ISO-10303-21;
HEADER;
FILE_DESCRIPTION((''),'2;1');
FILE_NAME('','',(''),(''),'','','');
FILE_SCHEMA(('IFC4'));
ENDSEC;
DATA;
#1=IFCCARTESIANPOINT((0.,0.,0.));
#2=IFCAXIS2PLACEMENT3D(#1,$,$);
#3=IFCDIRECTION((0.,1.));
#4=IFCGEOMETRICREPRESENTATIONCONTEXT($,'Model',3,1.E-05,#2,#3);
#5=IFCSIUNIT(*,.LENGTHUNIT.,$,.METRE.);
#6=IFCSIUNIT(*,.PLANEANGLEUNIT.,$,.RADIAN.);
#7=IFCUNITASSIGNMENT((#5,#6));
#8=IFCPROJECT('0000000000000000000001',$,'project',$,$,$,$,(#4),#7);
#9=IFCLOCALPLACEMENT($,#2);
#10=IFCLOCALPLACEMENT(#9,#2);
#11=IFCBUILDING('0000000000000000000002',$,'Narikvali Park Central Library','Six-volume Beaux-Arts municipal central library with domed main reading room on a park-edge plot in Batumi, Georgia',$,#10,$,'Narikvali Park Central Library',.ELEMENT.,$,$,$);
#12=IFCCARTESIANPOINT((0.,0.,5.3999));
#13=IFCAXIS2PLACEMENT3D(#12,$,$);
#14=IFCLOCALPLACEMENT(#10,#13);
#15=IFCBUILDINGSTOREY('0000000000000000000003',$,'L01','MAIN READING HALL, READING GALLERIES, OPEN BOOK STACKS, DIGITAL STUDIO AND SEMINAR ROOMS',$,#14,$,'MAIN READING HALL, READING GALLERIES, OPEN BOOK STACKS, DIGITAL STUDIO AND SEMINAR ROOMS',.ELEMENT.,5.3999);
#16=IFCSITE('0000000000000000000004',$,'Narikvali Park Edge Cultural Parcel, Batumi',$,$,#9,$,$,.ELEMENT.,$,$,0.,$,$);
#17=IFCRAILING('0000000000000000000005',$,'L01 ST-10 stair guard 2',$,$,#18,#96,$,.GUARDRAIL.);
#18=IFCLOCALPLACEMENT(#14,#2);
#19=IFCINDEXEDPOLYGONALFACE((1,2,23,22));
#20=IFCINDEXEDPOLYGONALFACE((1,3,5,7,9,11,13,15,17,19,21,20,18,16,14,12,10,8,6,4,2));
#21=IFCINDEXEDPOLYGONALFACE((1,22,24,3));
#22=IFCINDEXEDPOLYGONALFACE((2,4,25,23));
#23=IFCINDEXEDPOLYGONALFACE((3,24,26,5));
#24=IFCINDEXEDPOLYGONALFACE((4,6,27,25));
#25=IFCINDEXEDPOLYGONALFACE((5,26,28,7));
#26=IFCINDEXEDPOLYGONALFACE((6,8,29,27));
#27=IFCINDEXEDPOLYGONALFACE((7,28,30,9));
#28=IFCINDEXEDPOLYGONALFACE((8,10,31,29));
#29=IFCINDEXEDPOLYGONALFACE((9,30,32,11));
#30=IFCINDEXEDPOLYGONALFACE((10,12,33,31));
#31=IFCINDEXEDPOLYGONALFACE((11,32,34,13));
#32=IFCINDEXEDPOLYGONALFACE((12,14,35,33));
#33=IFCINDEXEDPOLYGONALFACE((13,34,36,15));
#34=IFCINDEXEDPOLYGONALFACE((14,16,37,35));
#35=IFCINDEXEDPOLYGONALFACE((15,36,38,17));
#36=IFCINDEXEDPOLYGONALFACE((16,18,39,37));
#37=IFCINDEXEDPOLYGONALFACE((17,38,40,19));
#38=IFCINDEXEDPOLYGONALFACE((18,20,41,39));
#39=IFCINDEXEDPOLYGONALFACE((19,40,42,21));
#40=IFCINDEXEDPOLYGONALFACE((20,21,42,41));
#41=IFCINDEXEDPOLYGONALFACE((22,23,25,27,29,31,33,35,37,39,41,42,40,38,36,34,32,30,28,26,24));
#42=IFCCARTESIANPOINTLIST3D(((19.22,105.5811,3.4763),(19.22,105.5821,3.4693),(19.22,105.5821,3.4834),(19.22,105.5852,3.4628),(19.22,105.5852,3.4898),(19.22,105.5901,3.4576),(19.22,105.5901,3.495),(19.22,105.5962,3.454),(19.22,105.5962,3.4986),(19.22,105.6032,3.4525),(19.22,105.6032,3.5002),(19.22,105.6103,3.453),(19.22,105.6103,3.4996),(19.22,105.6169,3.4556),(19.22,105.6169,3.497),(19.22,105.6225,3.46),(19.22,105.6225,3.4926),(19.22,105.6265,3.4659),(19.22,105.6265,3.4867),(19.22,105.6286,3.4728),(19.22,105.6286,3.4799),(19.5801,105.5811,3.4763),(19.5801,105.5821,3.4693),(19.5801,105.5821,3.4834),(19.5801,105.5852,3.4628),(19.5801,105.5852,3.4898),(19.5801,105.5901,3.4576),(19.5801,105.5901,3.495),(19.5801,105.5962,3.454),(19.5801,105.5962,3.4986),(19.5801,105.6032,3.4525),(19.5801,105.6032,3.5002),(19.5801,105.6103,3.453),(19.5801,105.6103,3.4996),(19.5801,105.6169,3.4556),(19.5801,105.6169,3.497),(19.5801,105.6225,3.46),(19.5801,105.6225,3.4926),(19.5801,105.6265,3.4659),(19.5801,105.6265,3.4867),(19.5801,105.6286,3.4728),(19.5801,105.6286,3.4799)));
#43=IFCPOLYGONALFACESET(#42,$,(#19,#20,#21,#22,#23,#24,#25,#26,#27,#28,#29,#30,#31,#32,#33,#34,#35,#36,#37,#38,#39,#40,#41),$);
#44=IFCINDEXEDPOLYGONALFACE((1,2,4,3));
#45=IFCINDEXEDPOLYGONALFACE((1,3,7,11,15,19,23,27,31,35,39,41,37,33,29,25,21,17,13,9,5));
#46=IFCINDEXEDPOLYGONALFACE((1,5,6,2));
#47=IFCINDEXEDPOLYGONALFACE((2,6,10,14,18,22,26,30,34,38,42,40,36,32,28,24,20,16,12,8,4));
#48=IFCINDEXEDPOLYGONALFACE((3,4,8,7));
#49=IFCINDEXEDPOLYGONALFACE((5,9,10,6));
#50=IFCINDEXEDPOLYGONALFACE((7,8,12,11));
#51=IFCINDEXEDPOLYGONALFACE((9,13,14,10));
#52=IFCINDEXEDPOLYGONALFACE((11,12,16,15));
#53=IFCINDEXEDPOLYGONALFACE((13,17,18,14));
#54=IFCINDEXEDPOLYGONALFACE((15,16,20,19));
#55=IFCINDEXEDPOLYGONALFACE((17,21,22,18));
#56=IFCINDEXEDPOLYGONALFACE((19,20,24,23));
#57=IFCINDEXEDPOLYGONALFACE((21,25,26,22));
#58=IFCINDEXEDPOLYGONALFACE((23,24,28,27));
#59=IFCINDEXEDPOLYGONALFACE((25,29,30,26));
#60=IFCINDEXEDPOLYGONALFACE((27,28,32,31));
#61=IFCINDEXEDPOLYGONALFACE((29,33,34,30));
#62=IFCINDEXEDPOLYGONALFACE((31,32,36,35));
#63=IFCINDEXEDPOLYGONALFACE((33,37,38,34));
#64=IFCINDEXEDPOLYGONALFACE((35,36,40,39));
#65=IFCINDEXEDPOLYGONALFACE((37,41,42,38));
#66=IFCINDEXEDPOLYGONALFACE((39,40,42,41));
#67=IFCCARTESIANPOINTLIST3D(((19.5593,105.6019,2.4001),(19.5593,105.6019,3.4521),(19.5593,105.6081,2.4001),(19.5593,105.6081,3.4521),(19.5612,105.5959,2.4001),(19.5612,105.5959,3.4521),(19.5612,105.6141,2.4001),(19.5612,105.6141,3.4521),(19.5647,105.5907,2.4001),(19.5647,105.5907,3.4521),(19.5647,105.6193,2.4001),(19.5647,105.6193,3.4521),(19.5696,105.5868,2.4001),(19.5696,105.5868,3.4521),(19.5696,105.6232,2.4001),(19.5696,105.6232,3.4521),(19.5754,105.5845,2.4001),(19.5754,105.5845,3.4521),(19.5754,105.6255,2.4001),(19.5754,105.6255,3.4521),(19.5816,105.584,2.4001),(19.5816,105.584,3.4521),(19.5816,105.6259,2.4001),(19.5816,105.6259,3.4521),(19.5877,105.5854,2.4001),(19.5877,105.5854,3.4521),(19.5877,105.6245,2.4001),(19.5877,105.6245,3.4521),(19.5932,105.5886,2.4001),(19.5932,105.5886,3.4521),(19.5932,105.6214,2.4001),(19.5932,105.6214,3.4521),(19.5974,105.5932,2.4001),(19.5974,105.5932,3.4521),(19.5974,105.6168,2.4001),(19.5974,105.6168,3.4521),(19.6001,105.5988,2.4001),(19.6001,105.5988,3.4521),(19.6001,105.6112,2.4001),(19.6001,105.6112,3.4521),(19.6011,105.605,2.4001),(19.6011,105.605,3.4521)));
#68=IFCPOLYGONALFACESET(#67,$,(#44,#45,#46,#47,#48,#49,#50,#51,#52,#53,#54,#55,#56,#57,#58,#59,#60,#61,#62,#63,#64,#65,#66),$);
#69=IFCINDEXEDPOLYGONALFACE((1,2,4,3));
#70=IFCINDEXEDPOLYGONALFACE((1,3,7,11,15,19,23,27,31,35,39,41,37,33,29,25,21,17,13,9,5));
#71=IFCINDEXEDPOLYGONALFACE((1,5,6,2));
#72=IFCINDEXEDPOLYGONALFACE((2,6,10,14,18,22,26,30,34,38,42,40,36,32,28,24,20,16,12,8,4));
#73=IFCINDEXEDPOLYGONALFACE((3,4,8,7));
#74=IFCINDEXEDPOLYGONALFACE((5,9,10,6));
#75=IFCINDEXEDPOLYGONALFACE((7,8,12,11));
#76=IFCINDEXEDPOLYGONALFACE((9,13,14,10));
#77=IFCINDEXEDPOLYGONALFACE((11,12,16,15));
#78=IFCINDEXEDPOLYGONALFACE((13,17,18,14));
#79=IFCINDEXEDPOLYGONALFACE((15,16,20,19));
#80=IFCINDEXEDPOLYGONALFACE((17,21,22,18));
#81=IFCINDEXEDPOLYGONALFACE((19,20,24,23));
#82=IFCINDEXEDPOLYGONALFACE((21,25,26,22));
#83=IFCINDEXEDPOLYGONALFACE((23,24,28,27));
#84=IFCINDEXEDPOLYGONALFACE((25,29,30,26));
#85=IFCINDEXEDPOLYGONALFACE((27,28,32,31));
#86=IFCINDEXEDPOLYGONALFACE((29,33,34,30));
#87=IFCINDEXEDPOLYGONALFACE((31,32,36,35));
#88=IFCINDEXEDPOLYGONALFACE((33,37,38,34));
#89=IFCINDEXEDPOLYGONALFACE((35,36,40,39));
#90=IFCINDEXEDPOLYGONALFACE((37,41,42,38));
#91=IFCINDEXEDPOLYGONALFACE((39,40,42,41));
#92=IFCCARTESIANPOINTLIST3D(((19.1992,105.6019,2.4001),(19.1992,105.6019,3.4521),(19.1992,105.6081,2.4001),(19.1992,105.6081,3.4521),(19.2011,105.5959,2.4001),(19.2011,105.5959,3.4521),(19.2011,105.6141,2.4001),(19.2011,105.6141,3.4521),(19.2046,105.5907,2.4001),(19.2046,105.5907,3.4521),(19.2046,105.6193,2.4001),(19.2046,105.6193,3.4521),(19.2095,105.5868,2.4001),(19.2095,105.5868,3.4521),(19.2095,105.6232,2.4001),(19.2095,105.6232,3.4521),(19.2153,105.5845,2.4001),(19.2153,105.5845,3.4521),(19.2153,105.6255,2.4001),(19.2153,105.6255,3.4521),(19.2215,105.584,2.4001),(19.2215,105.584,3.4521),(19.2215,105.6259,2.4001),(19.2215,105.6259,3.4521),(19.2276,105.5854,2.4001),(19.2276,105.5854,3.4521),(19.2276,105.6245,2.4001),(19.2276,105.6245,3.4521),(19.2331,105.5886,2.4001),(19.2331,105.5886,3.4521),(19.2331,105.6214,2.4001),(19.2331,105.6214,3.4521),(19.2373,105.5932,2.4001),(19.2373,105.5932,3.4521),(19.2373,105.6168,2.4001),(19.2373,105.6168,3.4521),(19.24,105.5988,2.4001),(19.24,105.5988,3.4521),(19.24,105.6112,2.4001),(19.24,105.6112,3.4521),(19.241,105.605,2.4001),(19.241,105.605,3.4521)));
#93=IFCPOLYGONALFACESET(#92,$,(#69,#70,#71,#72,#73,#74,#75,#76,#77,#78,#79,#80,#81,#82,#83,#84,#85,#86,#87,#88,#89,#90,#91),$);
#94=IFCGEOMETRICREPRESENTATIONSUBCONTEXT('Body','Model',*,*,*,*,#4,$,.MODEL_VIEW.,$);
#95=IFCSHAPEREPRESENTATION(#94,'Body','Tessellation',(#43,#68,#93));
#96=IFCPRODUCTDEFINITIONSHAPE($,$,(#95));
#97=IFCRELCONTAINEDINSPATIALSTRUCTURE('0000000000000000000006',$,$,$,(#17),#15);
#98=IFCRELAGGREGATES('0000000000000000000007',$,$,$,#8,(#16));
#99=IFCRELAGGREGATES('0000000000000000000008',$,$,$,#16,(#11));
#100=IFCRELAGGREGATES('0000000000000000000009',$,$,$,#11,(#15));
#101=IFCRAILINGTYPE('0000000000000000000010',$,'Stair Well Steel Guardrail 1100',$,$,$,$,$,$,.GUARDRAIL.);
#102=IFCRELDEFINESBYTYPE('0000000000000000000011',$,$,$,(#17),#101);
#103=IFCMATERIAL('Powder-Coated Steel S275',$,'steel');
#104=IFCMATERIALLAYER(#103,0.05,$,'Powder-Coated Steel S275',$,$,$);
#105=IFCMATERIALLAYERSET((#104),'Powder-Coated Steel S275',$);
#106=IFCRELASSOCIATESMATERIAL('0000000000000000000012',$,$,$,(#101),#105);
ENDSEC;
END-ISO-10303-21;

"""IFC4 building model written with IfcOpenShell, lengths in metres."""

from ifc_helpers import new_model, si_unit, direction, frame, origin, origin_2d, place, context, subcontext, project, spatial, circle, extrude, material, layer, layer_set, type_object, element, save


model = new_model("IFC4")

# Units and contexts
model_context = context("Model", 3, precision=1e-05, world=origin(), true_north=direction((0.0, 1.0)))
body_context = subcontext(model_context, "Body", "Model", "MODEL_VIEW")
ifc_project = project(units=[si_unit("LENGTHUNIT", "METRE"), si_unit("PLANEANGLEUNIT", "RADIAN")], contexts=[model_context])

# Site, building, storey
site_placement = place(None, origin())
site = spatial("IfcSite", under=ifc_project, at=site_placement, Name="Narikvali Park Edge Cultural Parcel, Batumi", CompositionType="ELEMENT", RefElevation=0.0)
building_placement = place(site_placement, origin())
building = spatial("IfcBuilding", under=site, at=building_placement, Name="Narikvali Park Central Library", Description="Six-volume Beaux-Arts municipal central library with domed main reading room on a park-edge plot in Batumi, Georgia", LongName="Narikvali Park Central Library", CompositionType="ELEMENT")
storey_placement = place(building_placement, frame((0.0, 0.0, 5.3999)))
storey = spatial("IfcBuildingStorey", under=building, at=storey_placement, Name="L01", Description="MAIN READING HALL, READING GALLERIES, OPEN BOOK STACKS, DIGITAL STUDIO AND SEMINAR ROOMS", LongName="MAIN READING HALL, READING GALLERIES, OPEN BOOK STACKS, DIGITAL STUDIO AND SEMINAR ROOMS", CompositionType="ELEMENT", Elevation=5.3999)

# Railing
ifc_material_1 = material(Name="Powder-Coated Steel S275", Category="steel")
ifc_layer_1 = layer(ifc_material_1, 0.05, Name="Powder-Coated Steel S275")
ifc_layer_set_1 = layer_set([ifc_layer_1], Name="Powder-Coated Steel S275")
railing_type_1 = type_object("IfcRailingType", Name="Stair Well Steel Guardrail 1100", PredefinedType="GUARDRAIL", material=ifc_layer_set_1)
railing_1_placement = place(storey_placement, frame((19.5801, 105.605, 2.4001)))
element("IfcRailing", 1, at=railing_1_placement, inside=storey, type_object=railing_type_1, Name="L01 ST-10 stair guard 2", PredefinedType="GUARDRAIL", context=body_context, shape_type="SweptSolid", body=[
    extrude(circle(Radius=0.0239, at=origin_2d()), frame((0.0, 0.0, 1.0762), z_axis=(-1.0, 0.0, 0.0), x_axis=(0.0, -1.0, 0.0)), (0.0, 0.0, 1.0), 0.3601),
    extrude(circle(Radius=0.021, at=origin_2d()), origin(), (0.0, 0.0, 1.0), 1.052),
    extrude(circle(Radius=0.021, at=origin_2d()), frame((-0.3601, 0.0, 0.0)), (0.0, 0.0, 1.0), 1.052),
])

save(model, "model.ifc")
